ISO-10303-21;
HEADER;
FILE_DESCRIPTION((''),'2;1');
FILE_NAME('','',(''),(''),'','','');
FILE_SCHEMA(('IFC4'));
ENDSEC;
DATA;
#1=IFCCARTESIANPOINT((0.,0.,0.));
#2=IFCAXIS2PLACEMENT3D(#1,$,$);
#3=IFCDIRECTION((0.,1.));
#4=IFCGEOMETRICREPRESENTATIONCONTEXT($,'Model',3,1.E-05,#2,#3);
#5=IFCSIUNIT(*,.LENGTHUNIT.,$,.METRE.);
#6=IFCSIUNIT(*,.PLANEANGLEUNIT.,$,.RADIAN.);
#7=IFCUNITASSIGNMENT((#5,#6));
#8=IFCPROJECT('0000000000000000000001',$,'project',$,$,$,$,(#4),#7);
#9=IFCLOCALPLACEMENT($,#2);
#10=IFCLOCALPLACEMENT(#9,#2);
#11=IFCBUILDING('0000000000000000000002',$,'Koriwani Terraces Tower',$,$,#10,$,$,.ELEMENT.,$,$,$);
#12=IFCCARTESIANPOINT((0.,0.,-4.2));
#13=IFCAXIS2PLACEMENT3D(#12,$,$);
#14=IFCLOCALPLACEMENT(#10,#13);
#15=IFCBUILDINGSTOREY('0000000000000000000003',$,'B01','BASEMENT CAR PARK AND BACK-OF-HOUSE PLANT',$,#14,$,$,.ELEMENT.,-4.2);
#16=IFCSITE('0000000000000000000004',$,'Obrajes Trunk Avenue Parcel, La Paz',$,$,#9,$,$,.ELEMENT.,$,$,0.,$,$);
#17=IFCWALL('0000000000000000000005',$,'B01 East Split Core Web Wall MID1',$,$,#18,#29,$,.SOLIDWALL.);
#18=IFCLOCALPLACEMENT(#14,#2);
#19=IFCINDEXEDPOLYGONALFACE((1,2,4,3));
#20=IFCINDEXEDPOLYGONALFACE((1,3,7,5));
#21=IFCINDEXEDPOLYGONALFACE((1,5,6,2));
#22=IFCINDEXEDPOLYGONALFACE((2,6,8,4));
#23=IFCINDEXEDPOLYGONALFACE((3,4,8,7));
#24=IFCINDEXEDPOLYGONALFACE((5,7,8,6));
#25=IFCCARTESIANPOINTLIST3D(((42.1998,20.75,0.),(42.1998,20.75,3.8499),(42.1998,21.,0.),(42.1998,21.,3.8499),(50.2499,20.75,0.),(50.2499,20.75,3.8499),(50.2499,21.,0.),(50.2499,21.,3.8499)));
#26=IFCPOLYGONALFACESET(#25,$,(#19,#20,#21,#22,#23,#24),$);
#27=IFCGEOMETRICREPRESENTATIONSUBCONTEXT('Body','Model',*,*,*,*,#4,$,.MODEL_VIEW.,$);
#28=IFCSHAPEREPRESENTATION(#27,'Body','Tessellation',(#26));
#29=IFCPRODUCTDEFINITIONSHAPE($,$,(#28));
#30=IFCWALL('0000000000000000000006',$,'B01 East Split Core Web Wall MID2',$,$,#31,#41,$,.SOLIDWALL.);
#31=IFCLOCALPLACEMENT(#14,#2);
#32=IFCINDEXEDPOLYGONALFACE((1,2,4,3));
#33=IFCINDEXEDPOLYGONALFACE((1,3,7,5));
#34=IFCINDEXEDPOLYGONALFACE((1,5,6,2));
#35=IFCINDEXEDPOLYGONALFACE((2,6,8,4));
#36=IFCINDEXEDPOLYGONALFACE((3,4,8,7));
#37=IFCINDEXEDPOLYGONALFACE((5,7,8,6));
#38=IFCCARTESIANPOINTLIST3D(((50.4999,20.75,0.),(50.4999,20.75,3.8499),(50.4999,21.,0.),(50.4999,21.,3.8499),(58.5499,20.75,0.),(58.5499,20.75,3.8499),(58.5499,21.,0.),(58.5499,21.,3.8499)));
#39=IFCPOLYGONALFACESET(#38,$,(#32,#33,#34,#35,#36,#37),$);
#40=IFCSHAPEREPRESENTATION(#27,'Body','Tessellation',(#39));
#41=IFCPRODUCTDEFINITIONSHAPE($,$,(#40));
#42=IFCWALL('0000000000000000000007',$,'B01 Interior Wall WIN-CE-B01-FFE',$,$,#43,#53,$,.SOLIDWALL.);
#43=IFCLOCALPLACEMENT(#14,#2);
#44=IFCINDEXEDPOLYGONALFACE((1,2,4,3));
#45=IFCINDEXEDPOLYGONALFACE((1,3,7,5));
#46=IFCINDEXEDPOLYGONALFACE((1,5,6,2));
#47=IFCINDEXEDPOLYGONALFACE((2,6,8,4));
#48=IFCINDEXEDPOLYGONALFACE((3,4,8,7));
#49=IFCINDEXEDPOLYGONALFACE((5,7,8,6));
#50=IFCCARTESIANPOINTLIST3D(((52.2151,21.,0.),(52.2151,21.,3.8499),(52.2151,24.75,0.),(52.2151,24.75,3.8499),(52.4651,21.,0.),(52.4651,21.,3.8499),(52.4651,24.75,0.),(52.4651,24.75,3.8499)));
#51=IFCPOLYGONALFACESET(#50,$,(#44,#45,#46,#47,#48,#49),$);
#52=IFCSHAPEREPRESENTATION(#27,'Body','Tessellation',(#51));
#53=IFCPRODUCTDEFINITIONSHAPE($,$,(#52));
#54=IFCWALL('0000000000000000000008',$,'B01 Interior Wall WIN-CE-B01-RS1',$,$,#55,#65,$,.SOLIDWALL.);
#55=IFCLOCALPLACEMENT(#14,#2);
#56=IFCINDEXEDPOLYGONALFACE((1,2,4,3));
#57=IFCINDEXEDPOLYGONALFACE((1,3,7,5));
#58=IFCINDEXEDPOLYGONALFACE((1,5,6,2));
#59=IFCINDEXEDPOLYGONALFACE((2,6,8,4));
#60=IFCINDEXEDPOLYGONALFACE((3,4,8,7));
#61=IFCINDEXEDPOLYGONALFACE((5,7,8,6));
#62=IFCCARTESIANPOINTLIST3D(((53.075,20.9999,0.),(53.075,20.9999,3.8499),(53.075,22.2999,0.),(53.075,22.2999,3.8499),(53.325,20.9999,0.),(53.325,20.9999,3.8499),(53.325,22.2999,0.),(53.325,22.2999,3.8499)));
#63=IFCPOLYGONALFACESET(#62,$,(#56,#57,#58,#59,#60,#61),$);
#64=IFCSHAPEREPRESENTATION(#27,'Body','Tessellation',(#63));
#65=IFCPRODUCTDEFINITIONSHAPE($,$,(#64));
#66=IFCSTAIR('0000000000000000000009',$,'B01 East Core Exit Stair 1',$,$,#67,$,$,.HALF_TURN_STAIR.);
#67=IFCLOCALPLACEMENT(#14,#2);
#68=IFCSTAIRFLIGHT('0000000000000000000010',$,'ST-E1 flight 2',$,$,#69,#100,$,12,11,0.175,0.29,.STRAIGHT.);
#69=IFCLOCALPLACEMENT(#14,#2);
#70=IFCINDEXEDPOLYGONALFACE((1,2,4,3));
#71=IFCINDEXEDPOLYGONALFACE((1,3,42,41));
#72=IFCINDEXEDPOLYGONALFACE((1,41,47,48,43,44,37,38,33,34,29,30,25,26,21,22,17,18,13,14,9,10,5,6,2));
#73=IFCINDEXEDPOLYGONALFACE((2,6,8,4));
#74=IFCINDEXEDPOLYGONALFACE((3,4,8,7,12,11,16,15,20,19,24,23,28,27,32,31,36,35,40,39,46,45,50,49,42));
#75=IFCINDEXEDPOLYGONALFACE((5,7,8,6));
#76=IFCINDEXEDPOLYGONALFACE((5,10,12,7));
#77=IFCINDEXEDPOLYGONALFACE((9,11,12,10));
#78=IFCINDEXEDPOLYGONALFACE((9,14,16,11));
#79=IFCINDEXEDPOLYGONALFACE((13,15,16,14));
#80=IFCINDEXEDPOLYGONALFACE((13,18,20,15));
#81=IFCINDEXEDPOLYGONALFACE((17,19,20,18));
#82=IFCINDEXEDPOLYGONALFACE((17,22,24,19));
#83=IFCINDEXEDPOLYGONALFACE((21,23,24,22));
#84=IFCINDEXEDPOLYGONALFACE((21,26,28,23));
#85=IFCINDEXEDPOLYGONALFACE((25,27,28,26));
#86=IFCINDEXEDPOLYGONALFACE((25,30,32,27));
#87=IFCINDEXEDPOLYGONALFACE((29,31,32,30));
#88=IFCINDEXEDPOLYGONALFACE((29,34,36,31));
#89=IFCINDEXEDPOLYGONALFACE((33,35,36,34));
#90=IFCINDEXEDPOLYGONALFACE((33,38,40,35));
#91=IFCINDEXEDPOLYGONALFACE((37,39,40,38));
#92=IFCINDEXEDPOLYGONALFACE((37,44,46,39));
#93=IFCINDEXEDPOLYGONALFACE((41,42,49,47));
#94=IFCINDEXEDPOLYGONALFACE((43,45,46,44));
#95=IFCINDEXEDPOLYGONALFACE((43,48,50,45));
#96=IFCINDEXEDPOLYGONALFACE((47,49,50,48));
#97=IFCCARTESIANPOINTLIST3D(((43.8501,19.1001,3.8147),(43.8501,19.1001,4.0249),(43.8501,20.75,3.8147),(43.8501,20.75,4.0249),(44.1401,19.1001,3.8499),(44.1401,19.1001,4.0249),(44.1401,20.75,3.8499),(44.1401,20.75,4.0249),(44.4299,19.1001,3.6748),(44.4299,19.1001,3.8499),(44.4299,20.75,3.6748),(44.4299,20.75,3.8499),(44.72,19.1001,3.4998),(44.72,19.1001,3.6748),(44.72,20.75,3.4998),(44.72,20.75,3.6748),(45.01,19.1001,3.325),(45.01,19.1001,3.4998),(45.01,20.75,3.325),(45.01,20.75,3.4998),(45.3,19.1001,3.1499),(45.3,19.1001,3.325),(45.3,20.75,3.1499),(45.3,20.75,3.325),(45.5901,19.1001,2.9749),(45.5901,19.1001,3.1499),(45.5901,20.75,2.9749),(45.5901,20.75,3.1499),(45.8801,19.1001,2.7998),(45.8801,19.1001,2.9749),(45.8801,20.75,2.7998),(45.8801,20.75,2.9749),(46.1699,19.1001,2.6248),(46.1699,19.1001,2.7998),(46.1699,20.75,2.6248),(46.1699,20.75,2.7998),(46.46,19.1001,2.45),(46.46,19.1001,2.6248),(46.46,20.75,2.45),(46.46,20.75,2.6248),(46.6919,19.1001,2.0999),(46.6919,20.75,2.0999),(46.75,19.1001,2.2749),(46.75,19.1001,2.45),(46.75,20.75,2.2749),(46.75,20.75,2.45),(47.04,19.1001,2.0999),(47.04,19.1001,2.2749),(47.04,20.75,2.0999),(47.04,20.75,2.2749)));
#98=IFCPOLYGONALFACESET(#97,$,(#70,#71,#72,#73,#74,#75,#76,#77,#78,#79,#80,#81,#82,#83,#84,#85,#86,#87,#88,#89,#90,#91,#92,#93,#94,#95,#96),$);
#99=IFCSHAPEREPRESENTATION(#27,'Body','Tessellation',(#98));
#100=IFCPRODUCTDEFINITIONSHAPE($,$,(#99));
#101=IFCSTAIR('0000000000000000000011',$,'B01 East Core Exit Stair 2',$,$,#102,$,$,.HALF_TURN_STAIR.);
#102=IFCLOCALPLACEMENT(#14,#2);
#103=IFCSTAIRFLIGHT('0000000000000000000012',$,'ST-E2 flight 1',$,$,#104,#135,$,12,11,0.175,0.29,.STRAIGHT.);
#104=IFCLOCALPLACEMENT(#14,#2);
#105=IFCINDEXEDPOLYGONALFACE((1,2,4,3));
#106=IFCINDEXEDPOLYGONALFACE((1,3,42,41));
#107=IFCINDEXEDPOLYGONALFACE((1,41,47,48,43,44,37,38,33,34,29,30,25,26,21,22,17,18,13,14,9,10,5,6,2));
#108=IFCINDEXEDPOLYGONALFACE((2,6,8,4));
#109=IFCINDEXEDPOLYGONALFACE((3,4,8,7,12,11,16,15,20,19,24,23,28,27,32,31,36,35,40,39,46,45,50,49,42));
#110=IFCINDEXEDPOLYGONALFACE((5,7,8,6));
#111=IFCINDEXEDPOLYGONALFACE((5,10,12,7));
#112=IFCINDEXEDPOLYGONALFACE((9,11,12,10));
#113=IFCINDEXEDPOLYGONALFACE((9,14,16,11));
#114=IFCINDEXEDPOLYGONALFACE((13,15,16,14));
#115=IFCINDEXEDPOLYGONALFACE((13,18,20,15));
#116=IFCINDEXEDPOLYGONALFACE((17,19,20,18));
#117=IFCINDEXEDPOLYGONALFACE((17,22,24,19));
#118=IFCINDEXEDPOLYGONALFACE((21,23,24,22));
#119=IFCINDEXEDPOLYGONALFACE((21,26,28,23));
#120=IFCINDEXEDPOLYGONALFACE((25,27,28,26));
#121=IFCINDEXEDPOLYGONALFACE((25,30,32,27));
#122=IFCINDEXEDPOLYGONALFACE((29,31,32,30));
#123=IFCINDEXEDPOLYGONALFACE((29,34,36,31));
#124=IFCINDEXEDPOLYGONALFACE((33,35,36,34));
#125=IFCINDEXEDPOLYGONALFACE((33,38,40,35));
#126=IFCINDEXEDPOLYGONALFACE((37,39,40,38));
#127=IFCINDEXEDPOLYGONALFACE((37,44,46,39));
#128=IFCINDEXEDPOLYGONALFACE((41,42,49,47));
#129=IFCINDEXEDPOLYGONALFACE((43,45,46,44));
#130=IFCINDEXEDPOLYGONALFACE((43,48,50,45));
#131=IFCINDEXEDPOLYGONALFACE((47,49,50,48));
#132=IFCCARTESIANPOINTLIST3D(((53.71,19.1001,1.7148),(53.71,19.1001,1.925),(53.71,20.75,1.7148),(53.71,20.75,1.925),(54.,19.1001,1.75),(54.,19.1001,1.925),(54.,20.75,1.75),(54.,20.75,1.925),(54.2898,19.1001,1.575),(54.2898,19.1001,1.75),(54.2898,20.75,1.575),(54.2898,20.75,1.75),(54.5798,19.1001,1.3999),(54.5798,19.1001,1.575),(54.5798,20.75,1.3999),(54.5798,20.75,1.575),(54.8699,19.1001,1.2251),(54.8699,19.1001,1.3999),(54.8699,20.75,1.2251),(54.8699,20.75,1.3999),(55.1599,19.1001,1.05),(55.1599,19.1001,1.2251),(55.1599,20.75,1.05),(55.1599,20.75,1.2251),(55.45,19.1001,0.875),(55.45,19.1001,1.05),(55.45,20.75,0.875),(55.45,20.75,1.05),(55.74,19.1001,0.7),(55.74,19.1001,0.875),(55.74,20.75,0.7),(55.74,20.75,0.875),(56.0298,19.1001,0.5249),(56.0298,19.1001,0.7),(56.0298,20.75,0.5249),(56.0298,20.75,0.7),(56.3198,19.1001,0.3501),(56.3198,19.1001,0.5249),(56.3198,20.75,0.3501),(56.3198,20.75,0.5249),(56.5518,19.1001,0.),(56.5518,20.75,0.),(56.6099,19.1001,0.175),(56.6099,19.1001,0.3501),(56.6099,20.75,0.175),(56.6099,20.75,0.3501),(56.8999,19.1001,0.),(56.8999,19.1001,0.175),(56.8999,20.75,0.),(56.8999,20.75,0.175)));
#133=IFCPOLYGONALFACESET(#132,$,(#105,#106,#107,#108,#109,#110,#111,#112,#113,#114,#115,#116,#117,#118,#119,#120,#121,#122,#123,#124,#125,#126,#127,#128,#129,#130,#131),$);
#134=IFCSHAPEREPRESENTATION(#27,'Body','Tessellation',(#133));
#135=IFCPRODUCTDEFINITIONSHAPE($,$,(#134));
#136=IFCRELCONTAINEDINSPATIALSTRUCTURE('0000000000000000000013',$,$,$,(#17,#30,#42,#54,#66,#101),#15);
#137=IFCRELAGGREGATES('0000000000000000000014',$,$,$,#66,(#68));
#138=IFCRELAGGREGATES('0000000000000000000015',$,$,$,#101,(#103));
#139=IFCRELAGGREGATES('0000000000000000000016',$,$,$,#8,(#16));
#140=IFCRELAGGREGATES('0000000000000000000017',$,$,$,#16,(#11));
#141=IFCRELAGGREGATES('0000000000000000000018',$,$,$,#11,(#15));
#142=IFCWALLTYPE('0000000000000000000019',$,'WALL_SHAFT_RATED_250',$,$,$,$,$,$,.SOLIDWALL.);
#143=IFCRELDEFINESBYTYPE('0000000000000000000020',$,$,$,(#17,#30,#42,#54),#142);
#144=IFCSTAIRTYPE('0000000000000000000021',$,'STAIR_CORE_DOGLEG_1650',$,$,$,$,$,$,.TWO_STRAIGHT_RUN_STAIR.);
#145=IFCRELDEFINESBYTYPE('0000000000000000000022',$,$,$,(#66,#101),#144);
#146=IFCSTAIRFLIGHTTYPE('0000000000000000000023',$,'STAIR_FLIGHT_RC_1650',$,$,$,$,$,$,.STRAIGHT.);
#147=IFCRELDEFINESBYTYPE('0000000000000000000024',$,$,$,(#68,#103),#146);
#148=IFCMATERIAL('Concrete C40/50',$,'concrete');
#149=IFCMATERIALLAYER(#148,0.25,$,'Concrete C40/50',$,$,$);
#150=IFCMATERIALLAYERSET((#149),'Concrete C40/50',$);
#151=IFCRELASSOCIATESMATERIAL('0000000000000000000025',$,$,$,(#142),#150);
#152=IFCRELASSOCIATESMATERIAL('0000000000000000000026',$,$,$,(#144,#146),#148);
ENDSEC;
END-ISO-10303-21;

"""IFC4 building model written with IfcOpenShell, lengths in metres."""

from ifc_helpers import new_model, si_unit, direction, frame, frame_2d, origin, place, context, subcontext, project, spatial, polyline, rectangle, outline, extrude, material, layer, layer_set, type_object, element, aggregate, save


model = new_model("IFC4")

# Units and contexts
model_context = context("Model", 3, precision=1e-05, world=origin(), true_north=direction((0.0, 1.0)))
body_context = subcontext(model_context, "Body", "Model", "MODEL_VIEW")
ifc_project = project(units=[si_unit("LENGTHUNIT", "METRE"), si_unit("PLANEANGLEUNIT", "RADIAN")], contexts=[model_context])

# Site, building, storey
site_placement = place(None, origin())
site = spatial("IfcSite", under=ifc_project, at=site_placement, Name="Obrajes Trunk Avenue Parcel, La Paz", CompositionType="ELEMENT", RefElevation=0.0)
building_placement = place(site_placement, origin())
building = spatial("IfcBuilding", under=site, at=building_placement, Name="Koriwani Terraces Tower", CompositionType="ELEMENT")
storey_placement = place(building_placement, frame((0.0, 0.0, -4.2)))
storey = spatial("IfcBuildingStorey", under=building, at=storey_placement, Name="B01", Description="BASEMENT CAR PARK AND BACK-OF-HOUSE PLANT", CompositionType="ELEMENT", Elevation=-4.2)

# Walls
ifc_material_1 = material(Name="Concrete C40/50", Category="concrete")
ifc_layer = layer(ifc_material_1, 0.25, Name="Concrete C40/50")
ifc_layer_set = layer_set([ifc_layer], Name="Concrete C40/50")
wall_type = type_object("IfcWallType", Name="WALL_SHAFT_RATED_250", PredefinedType="SOLIDWALL", material=ifc_layer_set)
for number, where, z_axis, x_axis, name in (
    (1, (42.2, 20.875, 0.0), (0.0, 0.0, 1.0), (1.0, 0.0, 0.0), "B01 East Split Core Web Wall MID1"),
    (2, (50.5, 20.875, 0.0), (0.0, 0.0, 1.0), (1.0, 0.0, 0.0), "B01 East Split Core Web Wall MID2"),
):
    element("IfcWall", number, at=place(storey_placement, frame(where, z_axis=z_axis, x_axis=x_axis)), inside=storey, type_object=wall_type, Name=name, PredefinedType="SOLIDWALL", context=body_context, shape_type="SweptSolid", body=[
        extrude(rectangle(XDim=8.05, YDim=0.25, at=frame_2d((4.0249, 0.0))), origin(), (0.0, 0.0, 1.0), 3.8499),
    ])

# Wall
wall_1_placement = place(storey_placement, frame((52.3401, 21.0, 0.0), z_axis=(0.0, 0.0, 1.0), x_axis=(0.0, 1.0, 0.0)))
element("IfcWall", 3, at=wall_1_placement, inside=storey, type_object=wall_type, Name="B01 Interior Wall WIN-CE-B01-FFE", PredefinedType="SOLIDWALL", context=body_context, shape_type="SweptSolid", body=[
    extrude(rectangle(XDim=3.75, YDim=0.25, at=frame_2d((1.875, 0.0))), origin(), (0.0, 0.0, 1.0), 3.8499),
])

# Wall
wall_2_placement = place(storey_placement, frame((53.2, 21.0, 0.0), z_axis=(0.0, 0.0, 1.0), x_axis=(0.0, 1.0, 0.0)))
element("IfcWall", 4, at=wall_2_placement, inside=storey, type_object=wall_type, Name="B01 Interior Wall WIN-CE-B01-RS1", PredefinedType="SOLIDWALL", context=body_context, shape_type="SweptSolid", body=[
    extrude(rectangle(XDim=1.3, YDim=0.25, at=frame_2d((0.6499, 0.0))), origin(), (0.0, 0.0, 1.0), 3.8499),
])

# Stairs, stair flights
stair_type = type_object("IfcStairType", Name="STAIR_CORE_DOGLEG_1650", PredefinedType="TWO_STRAIGHT_RUN_STAIR", material=ifc_material_1)
stair_1_placement = place(storey_placement, origin())
stair_1 = element("IfcStair", 5, at=stair_1_placement, inside=storey, type_object=stair_type, Name="B01 East Core Exit Stair 1", PredefinedType="HALF_TURN_STAIR")
stair_flight_type = type_object("IfcStairFlightType", Name="STAIR_FLIGHT_RC_1650", PredefinedType="STRAIGHT", material=ifc_material_1)
stair_flight_1_placement = place(storey_placement, frame((47.04, 19.925, 2.0999), z_axis=(0.0, 0.0, 1.0), x_axis=(-1.0, 0.0, 0.0)))
stair_flight_1 = element("IfcStairFlight", 6, at=stair_flight_1_placement, type_object=stair_flight_type, Name="ST-E1 flight 2", NumberOfRisers=12, NumberOfTreads=11, PredefinedType="STRAIGHT", RiserHeight=0.175, TreadLength=0.29, context=body_context, shape_type="SweptSolid", body=[
    extrude(outline(polyline([(0.0, 0.0), (0.0, 0.175), (0.29, 0.175), (0.29, 0.3501), (0.5801, 0.3501), (0.5801, 0.5249), (0.8701, 0.5249), (0.8701, 0.7), (1.1599, 0.7), (1.1599, 0.875), (1.45, 0.875), (1.45, 1.05), (1.74, 1.05), (1.74, 1.2251), (2.03, 1.2251), (2.03, 1.3999), (2.3201, 1.3999), (2.3201, 1.575), (2.6101, 1.575), (2.6101, 1.75), (2.8999, 1.75), (2.8999, 1.925), (3.1899, 1.925), (3.1899, 2.1001), (3.1899, 1.7148), (0.3481, 0.0), (0.0, 0.0)])), frame((0.0, 0.825, 0.0), z_axis=(0.0, -1.0, 0.0), x_axis=(1.0, 0.0, 0.0)), (0.0, 0.0, 1.0), 1.6499),
])
aggregate(stair_1, [stair_flight_1])
stair_2_placement = place(storey_placement, origin())
stair_2 = element("IfcStair", 7, at=stair_2_placement, inside=storey, type_object=stair_type, Name="B01 East Core Exit Stair 2", PredefinedType="HALF_TURN_STAIR")
stair_flight_2_placement = place(storey_placement, frame((56.8999, 19.925, 0.0), z_axis=(0.0, 0.0, 1.0), x_axis=(-1.0, 0.0, 0.0)))
stair_flight_2 = element("IfcStairFlight", 8, at=stair_flight_2_placement, type_object=stair_flight_type, Name="ST-E2 flight 1", NumberOfRisers=12, NumberOfTreads=11, PredefinedType="STRAIGHT", RiserHeight=0.175, TreadLength=0.29, context=body_context, shape_type="SweptSolid", body=[
    extrude(outline(polyline([(0.0, 0.0), (0.0, 0.175), (0.29, 0.175), (0.29, 0.3501), (0.5801, 0.3501), (0.5801, 0.5249), (0.8701, 0.5249), (0.8701, 0.7), (1.1599, 0.7), (1.1599, 0.875), (1.45, 0.875), (1.45, 1.05), (1.74, 1.05), (1.74, 1.2251), (2.03, 1.2251), (2.03, 1.3999), (2.3201, 1.3999), (2.3201, 1.575), (2.6101, 1.575), (2.6101, 1.75), (2.8999, 1.75), (2.8999, 1.925), (3.1899, 1.925), (3.1899, 2.1001), (3.1899, 1.7148), (0.3481, 0.0), (0.0, 0.0)])), frame((0.0, 0.825, 0.0), z_axis=(0.0, -1.0, 0.0), x_axis=(1.0, 0.0, 0.0)), (0.0, 0.0, 1.0), 1.6499),
])
aggregate(stair_2, [stair_flight_2])

save(model, "model.ifc")
